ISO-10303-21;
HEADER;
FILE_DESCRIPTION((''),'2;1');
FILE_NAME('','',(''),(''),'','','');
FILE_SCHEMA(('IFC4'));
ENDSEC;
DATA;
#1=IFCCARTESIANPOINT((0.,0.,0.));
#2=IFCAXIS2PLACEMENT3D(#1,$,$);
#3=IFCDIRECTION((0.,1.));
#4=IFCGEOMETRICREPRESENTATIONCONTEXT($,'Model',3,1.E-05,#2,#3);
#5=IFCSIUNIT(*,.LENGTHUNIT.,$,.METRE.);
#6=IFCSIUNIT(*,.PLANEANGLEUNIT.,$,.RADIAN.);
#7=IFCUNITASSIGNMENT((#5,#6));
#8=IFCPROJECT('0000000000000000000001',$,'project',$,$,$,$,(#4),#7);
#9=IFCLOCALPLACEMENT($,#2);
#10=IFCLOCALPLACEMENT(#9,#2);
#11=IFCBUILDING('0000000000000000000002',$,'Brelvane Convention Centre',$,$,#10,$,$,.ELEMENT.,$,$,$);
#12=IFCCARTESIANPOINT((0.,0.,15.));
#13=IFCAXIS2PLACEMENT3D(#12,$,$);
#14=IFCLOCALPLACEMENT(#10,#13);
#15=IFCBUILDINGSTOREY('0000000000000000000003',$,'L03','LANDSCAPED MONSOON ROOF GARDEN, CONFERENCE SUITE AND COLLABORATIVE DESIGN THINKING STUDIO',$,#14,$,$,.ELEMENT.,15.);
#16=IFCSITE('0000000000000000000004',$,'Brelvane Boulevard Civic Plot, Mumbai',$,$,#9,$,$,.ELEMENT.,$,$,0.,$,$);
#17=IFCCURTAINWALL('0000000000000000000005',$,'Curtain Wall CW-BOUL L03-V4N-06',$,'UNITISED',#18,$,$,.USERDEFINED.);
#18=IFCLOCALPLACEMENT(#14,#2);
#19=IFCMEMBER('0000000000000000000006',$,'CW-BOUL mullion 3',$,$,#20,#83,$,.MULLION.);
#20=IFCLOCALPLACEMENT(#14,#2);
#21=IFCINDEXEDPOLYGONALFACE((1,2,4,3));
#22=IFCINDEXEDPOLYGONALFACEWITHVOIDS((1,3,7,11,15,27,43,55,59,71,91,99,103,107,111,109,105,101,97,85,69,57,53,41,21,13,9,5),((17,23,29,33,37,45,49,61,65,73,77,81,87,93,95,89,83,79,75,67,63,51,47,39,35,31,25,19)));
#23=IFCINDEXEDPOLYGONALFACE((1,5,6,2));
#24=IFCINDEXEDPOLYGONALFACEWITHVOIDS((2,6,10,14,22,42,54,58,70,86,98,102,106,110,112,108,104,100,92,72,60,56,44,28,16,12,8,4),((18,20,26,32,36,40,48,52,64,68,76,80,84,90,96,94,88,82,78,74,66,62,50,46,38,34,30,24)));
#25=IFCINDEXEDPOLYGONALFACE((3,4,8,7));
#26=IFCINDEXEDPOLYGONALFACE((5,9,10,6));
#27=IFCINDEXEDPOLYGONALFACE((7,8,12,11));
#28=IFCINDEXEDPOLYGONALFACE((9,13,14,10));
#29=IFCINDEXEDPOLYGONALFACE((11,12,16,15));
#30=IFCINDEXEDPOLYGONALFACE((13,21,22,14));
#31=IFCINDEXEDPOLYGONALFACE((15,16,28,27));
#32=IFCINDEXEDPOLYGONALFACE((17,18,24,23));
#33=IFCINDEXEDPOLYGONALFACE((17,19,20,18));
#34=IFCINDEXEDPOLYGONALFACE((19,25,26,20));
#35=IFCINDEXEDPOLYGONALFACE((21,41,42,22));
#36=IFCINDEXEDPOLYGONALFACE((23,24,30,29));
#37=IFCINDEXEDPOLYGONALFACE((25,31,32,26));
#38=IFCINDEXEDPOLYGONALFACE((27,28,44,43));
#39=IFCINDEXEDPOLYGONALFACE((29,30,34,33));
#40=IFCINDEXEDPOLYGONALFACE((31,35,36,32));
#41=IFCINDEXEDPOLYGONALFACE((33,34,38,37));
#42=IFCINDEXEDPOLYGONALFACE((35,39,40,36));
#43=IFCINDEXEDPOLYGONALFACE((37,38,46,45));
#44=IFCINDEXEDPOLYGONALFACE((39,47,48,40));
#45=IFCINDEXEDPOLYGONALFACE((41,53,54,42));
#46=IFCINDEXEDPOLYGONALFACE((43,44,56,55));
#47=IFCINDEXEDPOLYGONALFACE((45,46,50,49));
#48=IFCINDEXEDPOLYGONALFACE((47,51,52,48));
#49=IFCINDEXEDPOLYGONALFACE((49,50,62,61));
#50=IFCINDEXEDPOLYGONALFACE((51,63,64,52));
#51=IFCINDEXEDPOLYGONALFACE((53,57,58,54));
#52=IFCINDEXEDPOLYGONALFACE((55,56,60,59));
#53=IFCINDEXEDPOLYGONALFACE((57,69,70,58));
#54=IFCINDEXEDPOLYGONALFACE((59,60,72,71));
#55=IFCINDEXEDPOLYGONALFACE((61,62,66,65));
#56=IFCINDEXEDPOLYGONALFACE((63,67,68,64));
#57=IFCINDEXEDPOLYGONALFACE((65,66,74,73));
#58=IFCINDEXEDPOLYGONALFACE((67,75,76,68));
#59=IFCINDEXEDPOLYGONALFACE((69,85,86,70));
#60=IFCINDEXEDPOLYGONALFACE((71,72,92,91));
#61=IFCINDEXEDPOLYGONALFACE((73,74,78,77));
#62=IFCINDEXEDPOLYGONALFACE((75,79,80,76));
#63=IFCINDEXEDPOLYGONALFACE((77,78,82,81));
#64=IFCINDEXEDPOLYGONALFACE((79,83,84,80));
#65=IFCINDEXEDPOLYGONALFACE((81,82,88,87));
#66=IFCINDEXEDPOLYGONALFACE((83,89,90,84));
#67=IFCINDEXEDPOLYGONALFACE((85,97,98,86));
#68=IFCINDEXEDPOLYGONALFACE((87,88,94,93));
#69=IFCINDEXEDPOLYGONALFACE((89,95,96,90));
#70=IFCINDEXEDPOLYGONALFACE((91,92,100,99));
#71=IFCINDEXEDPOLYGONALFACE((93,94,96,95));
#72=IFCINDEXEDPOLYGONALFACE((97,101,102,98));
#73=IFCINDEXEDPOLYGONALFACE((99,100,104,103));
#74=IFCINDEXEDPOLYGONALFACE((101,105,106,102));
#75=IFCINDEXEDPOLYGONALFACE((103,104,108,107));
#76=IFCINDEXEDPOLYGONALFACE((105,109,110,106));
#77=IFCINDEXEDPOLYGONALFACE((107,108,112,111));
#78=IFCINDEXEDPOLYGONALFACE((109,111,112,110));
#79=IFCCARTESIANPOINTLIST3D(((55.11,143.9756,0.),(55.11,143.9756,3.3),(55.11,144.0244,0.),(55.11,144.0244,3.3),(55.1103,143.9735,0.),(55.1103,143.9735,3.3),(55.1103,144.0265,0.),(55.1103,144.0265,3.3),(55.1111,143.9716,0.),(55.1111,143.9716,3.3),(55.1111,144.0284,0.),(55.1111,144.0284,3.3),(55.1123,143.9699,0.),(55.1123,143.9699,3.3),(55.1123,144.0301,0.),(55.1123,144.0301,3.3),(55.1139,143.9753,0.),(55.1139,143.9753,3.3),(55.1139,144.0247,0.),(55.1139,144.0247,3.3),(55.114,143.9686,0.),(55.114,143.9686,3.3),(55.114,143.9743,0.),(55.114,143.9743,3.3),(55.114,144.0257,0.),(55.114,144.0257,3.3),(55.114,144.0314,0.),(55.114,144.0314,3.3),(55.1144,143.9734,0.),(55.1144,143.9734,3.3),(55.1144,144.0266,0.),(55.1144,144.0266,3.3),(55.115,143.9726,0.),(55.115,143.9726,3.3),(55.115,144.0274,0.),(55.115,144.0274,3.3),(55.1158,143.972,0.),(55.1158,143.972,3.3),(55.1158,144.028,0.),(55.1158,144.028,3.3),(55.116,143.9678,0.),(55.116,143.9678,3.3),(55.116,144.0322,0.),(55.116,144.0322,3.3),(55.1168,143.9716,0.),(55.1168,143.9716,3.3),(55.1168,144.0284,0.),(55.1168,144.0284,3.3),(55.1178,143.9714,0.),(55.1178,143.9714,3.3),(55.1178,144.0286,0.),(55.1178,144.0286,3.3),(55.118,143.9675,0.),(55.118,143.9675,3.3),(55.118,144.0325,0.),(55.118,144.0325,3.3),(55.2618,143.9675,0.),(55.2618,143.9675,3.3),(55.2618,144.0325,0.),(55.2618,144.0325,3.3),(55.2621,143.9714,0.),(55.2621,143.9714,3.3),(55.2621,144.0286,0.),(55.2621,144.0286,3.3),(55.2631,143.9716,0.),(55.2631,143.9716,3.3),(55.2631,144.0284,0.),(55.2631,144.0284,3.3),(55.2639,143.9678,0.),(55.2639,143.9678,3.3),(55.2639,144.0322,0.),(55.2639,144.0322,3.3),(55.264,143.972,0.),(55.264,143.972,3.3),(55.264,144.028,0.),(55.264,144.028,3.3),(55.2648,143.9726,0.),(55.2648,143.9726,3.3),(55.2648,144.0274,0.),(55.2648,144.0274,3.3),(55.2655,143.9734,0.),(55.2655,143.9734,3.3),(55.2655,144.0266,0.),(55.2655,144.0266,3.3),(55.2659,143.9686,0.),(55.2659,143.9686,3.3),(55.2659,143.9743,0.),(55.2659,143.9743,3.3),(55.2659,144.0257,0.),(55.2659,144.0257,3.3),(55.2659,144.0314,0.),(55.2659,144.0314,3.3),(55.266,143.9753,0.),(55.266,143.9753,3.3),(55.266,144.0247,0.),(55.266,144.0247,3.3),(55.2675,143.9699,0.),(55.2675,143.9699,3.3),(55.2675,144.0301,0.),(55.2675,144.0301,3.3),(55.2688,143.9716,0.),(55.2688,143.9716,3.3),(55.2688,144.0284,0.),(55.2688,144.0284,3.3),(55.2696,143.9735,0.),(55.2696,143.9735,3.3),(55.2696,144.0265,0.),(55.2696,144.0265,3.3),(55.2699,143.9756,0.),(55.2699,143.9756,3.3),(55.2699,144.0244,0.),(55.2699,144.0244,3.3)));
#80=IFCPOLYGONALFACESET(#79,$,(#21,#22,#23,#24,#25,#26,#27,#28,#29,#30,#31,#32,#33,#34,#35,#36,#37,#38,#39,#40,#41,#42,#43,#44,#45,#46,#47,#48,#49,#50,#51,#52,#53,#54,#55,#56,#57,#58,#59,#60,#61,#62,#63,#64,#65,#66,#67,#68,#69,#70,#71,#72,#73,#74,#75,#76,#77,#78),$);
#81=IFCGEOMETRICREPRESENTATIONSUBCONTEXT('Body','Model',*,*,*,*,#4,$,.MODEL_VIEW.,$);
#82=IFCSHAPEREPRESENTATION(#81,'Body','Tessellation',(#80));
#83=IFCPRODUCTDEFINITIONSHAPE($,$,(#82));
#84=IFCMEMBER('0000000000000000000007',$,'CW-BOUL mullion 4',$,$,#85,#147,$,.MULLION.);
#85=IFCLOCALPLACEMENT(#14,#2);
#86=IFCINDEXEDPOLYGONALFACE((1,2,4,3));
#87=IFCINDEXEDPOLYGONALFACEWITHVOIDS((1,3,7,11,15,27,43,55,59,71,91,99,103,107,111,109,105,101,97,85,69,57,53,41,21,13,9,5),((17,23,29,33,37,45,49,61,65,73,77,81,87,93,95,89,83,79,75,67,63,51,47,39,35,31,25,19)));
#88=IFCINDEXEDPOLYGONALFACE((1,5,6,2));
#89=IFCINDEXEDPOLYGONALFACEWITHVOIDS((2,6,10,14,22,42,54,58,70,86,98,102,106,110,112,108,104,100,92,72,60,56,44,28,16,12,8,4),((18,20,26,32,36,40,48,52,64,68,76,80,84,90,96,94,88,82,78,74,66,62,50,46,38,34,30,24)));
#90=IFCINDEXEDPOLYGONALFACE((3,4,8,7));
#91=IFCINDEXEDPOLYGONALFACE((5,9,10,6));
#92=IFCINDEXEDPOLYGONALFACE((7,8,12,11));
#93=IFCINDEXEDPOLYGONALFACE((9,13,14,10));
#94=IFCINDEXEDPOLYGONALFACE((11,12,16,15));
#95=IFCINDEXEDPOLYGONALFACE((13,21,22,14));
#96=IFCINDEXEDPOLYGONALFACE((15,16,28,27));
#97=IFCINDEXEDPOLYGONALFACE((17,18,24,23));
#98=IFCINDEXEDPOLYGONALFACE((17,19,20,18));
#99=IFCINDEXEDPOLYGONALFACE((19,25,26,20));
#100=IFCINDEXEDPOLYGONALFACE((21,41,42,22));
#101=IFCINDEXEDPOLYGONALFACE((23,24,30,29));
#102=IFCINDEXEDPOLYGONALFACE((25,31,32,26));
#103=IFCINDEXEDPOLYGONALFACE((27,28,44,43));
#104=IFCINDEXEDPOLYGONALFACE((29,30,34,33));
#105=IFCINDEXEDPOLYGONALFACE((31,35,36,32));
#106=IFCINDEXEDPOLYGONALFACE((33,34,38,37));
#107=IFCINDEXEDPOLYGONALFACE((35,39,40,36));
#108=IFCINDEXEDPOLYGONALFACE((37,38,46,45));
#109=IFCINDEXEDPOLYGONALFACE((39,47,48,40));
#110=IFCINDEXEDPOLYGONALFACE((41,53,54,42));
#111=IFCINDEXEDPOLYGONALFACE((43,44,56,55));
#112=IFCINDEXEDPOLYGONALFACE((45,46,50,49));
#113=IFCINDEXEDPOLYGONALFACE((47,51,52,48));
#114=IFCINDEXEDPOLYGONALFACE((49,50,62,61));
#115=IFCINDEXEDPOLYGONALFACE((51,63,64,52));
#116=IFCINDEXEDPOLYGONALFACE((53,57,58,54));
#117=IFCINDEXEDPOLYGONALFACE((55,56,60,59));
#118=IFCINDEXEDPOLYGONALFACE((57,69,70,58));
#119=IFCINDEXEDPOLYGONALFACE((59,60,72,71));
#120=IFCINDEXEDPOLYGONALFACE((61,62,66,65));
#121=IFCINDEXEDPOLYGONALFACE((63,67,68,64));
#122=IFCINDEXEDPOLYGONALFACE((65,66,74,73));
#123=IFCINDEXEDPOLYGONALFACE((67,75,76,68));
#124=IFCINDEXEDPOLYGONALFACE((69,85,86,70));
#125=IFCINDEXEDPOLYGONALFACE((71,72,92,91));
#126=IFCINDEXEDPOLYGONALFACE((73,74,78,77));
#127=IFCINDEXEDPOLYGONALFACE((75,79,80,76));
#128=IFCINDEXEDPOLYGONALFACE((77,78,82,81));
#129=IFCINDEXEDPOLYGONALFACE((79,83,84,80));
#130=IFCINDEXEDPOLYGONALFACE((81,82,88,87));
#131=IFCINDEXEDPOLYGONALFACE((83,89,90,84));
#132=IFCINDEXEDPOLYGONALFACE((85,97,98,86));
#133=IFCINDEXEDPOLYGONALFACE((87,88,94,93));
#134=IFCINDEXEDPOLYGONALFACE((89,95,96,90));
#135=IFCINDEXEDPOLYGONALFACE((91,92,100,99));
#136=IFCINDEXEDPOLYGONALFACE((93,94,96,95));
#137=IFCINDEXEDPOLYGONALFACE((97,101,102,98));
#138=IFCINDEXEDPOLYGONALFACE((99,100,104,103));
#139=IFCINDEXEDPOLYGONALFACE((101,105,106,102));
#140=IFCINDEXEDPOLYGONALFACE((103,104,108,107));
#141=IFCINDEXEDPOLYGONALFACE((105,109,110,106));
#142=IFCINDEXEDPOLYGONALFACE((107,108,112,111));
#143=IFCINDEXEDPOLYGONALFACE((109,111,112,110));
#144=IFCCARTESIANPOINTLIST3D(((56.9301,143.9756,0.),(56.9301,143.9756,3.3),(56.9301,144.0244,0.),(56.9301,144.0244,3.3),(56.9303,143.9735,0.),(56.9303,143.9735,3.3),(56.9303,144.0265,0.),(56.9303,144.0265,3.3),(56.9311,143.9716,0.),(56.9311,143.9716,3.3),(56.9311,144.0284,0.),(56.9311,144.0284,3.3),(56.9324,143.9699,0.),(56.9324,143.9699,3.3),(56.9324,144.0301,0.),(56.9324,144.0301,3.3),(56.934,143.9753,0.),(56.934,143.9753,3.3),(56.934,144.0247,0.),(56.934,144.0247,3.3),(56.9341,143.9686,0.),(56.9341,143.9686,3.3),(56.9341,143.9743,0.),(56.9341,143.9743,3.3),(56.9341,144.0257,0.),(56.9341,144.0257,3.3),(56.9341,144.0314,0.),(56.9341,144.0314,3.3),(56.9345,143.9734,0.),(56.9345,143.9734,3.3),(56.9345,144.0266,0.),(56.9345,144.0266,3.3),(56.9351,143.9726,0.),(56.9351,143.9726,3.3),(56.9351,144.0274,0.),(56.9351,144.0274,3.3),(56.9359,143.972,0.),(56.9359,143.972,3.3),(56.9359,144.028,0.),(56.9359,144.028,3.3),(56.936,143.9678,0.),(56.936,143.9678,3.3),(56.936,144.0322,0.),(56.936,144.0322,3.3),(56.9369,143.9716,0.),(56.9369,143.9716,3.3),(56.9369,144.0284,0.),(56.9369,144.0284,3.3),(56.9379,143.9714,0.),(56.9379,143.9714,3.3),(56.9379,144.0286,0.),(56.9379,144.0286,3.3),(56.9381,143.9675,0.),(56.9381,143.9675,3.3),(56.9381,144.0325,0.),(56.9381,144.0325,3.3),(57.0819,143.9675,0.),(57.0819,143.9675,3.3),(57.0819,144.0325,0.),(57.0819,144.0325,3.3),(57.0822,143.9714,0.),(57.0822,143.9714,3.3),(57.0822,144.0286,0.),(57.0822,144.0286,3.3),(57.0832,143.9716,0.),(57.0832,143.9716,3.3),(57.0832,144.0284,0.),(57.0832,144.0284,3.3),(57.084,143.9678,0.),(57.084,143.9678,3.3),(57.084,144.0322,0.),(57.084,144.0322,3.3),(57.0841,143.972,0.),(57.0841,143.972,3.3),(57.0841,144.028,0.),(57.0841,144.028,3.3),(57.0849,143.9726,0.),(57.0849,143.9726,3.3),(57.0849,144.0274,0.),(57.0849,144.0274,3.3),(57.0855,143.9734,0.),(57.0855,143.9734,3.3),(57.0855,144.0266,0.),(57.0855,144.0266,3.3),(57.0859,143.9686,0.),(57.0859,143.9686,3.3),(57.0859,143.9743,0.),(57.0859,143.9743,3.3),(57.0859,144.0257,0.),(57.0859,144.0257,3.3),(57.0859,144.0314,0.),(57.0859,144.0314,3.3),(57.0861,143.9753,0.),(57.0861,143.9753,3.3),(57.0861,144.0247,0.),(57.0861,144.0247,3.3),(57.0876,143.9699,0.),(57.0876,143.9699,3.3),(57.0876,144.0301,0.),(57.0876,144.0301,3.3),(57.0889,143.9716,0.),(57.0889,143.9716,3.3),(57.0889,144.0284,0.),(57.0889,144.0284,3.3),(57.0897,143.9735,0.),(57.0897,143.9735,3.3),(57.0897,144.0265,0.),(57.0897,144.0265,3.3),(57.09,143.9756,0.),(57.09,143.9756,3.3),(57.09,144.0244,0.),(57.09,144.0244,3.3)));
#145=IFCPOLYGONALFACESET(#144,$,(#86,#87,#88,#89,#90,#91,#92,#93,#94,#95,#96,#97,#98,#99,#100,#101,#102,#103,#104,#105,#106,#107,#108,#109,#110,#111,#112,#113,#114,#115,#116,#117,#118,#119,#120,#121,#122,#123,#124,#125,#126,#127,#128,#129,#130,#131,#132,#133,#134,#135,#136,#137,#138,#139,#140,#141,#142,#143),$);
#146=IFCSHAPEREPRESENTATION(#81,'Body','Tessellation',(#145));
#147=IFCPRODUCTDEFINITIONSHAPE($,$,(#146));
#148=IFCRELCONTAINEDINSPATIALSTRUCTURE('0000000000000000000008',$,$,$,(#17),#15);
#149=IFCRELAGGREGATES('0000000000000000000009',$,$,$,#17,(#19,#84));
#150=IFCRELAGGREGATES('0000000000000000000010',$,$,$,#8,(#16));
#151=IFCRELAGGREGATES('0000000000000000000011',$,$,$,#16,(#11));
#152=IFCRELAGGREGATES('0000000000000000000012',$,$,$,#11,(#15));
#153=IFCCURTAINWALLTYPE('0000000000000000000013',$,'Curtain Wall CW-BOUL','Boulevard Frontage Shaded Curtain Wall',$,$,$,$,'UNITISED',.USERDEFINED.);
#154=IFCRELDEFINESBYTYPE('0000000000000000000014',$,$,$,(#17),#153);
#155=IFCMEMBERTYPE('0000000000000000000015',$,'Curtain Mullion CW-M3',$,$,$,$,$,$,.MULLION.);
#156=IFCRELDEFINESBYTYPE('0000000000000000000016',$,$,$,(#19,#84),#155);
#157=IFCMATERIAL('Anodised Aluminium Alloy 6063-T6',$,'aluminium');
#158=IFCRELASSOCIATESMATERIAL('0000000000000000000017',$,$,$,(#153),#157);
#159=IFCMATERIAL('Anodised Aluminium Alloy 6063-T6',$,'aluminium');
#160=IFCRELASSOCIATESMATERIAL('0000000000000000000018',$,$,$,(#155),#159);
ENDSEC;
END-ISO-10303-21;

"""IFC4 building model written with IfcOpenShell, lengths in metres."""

from ifc_helpers import new_model, si_unit, direction, frame, origin, origin_2d, place, context, subcontext, project, spatial, hollow_rectangle, extrude, material, material_profile, profile_set, type_object, element, aggregate, save


model = new_model("IFC4")

# Units and contexts
model_context = context("Model", 3, precision=1e-05, world=origin(), true_north=direction((0.0, 1.0)))
body_context = subcontext(model_context, "Body", "Model", "MODEL_VIEW")
ifc_project = project(units=[si_unit("LENGTHUNIT", "METRE"), si_unit("PLANEANGLEUNIT", "RADIAN")], contexts=[model_context])

# Site, building, storey
site_placement = place(None, origin())
site = spatial("IfcSite", under=ifc_project, at=site_placement, Name="Brelvane Boulevard Civic Plot, Mumbai", CompositionType="ELEMENT", RefElevation=0.0)
building_placement = place(site_placement, origin())
building = spatial("IfcBuilding", under=site, at=building_placement, Name="Brelvane Convention Centre", CompositionType="ELEMENT")
storey_placement = place(building_placement, frame((0.0, 0.0, 15.0)))
storey = spatial("IfcBuildingStorey", under=building, at=storey_placement, Name="L03", Description="LANDSCAPED MONSOON ROOF GARDEN, CONFERENCE SUITE AND COLLABORATIVE DESIGN THINKING STUDIO", CompositionType="ELEMENT", Elevation=15.0)

# Curtain wall, members
ifc_material_1 = material(Name="Anodised Aluminium Alloy 6063-T6", Category="aluminium")
curtain_wall_type = type_object("IfcCurtainWallType", Name="Curtain Wall CW-BOUL", Description="Boulevard Frontage Shaded Curtain Wall", ElementType="UNITISED", PredefinedType="USERDEFINED", material=ifc_material_1)
curtain_wall_placement = place(storey_placement, origin())
curtain_wall = element("IfcCurtainWall", 1, at=curtain_wall_placement, inside=storey, type_object=curtain_wall_type, Name="Curtain Wall CW-BOUL L03-V4N-06", ObjectType="UNITISED", PredefinedType="USERDEFINED")
ifc_material_2 = material(Name="Anodised Aluminium Alloy 6063-T6", Category="aluminium")
ifc_material_profile_1 = material_profile(ifc_material_2, hollow_rectangle(XDim=0.0649, YDim=0.1599, WallThickness=0.0039, InnerFilletRadius=0.0039, OuterFilletRadius=0.0081, at=origin_2d()), Name="ALU-M 160x65x4.0")
ifc_profile_set_1 = profile_set([ifc_material_profile_1], Name="Anodised Aluminium Alloy 6063-T6")
member_type_1 = type_object("IfcMemberType", Name="Curtain Mullion CW-M3", PredefinedType="MULLION", material=ifc_profile_set_1)
member_1_placement = place(storey_placement, frame((55.1899, 144.0, 0.0), z_axis=(0.0, 0.0, 1.0), x_axis=(0.0, 1.0, 0.0)))
member_1 = element("IfcMember", 2, at=member_1_placement, type_object=member_type_1, Name="CW-BOUL mullion 3", PredefinedType="MULLION", context=body_context, shape_type="SweptSolid", body=[
    extrude(hollow_rectangle(XDim=0.0649, YDim=0.1599, WallThickness=0.0039, InnerFilletRadius=0.0039, OuterFilletRadius=0.0081, at=origin_2d()), origin(), (0.0, 0.0, 1.0), 3.3),
])
member_2_placement = place(storey_placement, frame((57.01, 144.0, 0.0), z_axis=(0.0, 0.0, 1.0), x_axis=(0.0, 1.0, 0.0)))
member_2 = element("IfcMember", 3, at=member_2_placement, type_object=member_type_1, Name="CW-BOUL mullion 4", PredefinedType="MULLION", context=body_context, shape_type="SweptSolid", body=[
    extrude(hollow_rectangle(XDim=0.0649, YDim=0.1599, WallThickness=0.0039, InnerFilletRadius=0.0039, OuterFilletRadius=0.0081, at=origin_2d()), origin(), (0.0, 0.0, 1.0), 3.3),
])

aggregate(curtain_wall, [member_1, member_2])

save(model, "model.ifc")
